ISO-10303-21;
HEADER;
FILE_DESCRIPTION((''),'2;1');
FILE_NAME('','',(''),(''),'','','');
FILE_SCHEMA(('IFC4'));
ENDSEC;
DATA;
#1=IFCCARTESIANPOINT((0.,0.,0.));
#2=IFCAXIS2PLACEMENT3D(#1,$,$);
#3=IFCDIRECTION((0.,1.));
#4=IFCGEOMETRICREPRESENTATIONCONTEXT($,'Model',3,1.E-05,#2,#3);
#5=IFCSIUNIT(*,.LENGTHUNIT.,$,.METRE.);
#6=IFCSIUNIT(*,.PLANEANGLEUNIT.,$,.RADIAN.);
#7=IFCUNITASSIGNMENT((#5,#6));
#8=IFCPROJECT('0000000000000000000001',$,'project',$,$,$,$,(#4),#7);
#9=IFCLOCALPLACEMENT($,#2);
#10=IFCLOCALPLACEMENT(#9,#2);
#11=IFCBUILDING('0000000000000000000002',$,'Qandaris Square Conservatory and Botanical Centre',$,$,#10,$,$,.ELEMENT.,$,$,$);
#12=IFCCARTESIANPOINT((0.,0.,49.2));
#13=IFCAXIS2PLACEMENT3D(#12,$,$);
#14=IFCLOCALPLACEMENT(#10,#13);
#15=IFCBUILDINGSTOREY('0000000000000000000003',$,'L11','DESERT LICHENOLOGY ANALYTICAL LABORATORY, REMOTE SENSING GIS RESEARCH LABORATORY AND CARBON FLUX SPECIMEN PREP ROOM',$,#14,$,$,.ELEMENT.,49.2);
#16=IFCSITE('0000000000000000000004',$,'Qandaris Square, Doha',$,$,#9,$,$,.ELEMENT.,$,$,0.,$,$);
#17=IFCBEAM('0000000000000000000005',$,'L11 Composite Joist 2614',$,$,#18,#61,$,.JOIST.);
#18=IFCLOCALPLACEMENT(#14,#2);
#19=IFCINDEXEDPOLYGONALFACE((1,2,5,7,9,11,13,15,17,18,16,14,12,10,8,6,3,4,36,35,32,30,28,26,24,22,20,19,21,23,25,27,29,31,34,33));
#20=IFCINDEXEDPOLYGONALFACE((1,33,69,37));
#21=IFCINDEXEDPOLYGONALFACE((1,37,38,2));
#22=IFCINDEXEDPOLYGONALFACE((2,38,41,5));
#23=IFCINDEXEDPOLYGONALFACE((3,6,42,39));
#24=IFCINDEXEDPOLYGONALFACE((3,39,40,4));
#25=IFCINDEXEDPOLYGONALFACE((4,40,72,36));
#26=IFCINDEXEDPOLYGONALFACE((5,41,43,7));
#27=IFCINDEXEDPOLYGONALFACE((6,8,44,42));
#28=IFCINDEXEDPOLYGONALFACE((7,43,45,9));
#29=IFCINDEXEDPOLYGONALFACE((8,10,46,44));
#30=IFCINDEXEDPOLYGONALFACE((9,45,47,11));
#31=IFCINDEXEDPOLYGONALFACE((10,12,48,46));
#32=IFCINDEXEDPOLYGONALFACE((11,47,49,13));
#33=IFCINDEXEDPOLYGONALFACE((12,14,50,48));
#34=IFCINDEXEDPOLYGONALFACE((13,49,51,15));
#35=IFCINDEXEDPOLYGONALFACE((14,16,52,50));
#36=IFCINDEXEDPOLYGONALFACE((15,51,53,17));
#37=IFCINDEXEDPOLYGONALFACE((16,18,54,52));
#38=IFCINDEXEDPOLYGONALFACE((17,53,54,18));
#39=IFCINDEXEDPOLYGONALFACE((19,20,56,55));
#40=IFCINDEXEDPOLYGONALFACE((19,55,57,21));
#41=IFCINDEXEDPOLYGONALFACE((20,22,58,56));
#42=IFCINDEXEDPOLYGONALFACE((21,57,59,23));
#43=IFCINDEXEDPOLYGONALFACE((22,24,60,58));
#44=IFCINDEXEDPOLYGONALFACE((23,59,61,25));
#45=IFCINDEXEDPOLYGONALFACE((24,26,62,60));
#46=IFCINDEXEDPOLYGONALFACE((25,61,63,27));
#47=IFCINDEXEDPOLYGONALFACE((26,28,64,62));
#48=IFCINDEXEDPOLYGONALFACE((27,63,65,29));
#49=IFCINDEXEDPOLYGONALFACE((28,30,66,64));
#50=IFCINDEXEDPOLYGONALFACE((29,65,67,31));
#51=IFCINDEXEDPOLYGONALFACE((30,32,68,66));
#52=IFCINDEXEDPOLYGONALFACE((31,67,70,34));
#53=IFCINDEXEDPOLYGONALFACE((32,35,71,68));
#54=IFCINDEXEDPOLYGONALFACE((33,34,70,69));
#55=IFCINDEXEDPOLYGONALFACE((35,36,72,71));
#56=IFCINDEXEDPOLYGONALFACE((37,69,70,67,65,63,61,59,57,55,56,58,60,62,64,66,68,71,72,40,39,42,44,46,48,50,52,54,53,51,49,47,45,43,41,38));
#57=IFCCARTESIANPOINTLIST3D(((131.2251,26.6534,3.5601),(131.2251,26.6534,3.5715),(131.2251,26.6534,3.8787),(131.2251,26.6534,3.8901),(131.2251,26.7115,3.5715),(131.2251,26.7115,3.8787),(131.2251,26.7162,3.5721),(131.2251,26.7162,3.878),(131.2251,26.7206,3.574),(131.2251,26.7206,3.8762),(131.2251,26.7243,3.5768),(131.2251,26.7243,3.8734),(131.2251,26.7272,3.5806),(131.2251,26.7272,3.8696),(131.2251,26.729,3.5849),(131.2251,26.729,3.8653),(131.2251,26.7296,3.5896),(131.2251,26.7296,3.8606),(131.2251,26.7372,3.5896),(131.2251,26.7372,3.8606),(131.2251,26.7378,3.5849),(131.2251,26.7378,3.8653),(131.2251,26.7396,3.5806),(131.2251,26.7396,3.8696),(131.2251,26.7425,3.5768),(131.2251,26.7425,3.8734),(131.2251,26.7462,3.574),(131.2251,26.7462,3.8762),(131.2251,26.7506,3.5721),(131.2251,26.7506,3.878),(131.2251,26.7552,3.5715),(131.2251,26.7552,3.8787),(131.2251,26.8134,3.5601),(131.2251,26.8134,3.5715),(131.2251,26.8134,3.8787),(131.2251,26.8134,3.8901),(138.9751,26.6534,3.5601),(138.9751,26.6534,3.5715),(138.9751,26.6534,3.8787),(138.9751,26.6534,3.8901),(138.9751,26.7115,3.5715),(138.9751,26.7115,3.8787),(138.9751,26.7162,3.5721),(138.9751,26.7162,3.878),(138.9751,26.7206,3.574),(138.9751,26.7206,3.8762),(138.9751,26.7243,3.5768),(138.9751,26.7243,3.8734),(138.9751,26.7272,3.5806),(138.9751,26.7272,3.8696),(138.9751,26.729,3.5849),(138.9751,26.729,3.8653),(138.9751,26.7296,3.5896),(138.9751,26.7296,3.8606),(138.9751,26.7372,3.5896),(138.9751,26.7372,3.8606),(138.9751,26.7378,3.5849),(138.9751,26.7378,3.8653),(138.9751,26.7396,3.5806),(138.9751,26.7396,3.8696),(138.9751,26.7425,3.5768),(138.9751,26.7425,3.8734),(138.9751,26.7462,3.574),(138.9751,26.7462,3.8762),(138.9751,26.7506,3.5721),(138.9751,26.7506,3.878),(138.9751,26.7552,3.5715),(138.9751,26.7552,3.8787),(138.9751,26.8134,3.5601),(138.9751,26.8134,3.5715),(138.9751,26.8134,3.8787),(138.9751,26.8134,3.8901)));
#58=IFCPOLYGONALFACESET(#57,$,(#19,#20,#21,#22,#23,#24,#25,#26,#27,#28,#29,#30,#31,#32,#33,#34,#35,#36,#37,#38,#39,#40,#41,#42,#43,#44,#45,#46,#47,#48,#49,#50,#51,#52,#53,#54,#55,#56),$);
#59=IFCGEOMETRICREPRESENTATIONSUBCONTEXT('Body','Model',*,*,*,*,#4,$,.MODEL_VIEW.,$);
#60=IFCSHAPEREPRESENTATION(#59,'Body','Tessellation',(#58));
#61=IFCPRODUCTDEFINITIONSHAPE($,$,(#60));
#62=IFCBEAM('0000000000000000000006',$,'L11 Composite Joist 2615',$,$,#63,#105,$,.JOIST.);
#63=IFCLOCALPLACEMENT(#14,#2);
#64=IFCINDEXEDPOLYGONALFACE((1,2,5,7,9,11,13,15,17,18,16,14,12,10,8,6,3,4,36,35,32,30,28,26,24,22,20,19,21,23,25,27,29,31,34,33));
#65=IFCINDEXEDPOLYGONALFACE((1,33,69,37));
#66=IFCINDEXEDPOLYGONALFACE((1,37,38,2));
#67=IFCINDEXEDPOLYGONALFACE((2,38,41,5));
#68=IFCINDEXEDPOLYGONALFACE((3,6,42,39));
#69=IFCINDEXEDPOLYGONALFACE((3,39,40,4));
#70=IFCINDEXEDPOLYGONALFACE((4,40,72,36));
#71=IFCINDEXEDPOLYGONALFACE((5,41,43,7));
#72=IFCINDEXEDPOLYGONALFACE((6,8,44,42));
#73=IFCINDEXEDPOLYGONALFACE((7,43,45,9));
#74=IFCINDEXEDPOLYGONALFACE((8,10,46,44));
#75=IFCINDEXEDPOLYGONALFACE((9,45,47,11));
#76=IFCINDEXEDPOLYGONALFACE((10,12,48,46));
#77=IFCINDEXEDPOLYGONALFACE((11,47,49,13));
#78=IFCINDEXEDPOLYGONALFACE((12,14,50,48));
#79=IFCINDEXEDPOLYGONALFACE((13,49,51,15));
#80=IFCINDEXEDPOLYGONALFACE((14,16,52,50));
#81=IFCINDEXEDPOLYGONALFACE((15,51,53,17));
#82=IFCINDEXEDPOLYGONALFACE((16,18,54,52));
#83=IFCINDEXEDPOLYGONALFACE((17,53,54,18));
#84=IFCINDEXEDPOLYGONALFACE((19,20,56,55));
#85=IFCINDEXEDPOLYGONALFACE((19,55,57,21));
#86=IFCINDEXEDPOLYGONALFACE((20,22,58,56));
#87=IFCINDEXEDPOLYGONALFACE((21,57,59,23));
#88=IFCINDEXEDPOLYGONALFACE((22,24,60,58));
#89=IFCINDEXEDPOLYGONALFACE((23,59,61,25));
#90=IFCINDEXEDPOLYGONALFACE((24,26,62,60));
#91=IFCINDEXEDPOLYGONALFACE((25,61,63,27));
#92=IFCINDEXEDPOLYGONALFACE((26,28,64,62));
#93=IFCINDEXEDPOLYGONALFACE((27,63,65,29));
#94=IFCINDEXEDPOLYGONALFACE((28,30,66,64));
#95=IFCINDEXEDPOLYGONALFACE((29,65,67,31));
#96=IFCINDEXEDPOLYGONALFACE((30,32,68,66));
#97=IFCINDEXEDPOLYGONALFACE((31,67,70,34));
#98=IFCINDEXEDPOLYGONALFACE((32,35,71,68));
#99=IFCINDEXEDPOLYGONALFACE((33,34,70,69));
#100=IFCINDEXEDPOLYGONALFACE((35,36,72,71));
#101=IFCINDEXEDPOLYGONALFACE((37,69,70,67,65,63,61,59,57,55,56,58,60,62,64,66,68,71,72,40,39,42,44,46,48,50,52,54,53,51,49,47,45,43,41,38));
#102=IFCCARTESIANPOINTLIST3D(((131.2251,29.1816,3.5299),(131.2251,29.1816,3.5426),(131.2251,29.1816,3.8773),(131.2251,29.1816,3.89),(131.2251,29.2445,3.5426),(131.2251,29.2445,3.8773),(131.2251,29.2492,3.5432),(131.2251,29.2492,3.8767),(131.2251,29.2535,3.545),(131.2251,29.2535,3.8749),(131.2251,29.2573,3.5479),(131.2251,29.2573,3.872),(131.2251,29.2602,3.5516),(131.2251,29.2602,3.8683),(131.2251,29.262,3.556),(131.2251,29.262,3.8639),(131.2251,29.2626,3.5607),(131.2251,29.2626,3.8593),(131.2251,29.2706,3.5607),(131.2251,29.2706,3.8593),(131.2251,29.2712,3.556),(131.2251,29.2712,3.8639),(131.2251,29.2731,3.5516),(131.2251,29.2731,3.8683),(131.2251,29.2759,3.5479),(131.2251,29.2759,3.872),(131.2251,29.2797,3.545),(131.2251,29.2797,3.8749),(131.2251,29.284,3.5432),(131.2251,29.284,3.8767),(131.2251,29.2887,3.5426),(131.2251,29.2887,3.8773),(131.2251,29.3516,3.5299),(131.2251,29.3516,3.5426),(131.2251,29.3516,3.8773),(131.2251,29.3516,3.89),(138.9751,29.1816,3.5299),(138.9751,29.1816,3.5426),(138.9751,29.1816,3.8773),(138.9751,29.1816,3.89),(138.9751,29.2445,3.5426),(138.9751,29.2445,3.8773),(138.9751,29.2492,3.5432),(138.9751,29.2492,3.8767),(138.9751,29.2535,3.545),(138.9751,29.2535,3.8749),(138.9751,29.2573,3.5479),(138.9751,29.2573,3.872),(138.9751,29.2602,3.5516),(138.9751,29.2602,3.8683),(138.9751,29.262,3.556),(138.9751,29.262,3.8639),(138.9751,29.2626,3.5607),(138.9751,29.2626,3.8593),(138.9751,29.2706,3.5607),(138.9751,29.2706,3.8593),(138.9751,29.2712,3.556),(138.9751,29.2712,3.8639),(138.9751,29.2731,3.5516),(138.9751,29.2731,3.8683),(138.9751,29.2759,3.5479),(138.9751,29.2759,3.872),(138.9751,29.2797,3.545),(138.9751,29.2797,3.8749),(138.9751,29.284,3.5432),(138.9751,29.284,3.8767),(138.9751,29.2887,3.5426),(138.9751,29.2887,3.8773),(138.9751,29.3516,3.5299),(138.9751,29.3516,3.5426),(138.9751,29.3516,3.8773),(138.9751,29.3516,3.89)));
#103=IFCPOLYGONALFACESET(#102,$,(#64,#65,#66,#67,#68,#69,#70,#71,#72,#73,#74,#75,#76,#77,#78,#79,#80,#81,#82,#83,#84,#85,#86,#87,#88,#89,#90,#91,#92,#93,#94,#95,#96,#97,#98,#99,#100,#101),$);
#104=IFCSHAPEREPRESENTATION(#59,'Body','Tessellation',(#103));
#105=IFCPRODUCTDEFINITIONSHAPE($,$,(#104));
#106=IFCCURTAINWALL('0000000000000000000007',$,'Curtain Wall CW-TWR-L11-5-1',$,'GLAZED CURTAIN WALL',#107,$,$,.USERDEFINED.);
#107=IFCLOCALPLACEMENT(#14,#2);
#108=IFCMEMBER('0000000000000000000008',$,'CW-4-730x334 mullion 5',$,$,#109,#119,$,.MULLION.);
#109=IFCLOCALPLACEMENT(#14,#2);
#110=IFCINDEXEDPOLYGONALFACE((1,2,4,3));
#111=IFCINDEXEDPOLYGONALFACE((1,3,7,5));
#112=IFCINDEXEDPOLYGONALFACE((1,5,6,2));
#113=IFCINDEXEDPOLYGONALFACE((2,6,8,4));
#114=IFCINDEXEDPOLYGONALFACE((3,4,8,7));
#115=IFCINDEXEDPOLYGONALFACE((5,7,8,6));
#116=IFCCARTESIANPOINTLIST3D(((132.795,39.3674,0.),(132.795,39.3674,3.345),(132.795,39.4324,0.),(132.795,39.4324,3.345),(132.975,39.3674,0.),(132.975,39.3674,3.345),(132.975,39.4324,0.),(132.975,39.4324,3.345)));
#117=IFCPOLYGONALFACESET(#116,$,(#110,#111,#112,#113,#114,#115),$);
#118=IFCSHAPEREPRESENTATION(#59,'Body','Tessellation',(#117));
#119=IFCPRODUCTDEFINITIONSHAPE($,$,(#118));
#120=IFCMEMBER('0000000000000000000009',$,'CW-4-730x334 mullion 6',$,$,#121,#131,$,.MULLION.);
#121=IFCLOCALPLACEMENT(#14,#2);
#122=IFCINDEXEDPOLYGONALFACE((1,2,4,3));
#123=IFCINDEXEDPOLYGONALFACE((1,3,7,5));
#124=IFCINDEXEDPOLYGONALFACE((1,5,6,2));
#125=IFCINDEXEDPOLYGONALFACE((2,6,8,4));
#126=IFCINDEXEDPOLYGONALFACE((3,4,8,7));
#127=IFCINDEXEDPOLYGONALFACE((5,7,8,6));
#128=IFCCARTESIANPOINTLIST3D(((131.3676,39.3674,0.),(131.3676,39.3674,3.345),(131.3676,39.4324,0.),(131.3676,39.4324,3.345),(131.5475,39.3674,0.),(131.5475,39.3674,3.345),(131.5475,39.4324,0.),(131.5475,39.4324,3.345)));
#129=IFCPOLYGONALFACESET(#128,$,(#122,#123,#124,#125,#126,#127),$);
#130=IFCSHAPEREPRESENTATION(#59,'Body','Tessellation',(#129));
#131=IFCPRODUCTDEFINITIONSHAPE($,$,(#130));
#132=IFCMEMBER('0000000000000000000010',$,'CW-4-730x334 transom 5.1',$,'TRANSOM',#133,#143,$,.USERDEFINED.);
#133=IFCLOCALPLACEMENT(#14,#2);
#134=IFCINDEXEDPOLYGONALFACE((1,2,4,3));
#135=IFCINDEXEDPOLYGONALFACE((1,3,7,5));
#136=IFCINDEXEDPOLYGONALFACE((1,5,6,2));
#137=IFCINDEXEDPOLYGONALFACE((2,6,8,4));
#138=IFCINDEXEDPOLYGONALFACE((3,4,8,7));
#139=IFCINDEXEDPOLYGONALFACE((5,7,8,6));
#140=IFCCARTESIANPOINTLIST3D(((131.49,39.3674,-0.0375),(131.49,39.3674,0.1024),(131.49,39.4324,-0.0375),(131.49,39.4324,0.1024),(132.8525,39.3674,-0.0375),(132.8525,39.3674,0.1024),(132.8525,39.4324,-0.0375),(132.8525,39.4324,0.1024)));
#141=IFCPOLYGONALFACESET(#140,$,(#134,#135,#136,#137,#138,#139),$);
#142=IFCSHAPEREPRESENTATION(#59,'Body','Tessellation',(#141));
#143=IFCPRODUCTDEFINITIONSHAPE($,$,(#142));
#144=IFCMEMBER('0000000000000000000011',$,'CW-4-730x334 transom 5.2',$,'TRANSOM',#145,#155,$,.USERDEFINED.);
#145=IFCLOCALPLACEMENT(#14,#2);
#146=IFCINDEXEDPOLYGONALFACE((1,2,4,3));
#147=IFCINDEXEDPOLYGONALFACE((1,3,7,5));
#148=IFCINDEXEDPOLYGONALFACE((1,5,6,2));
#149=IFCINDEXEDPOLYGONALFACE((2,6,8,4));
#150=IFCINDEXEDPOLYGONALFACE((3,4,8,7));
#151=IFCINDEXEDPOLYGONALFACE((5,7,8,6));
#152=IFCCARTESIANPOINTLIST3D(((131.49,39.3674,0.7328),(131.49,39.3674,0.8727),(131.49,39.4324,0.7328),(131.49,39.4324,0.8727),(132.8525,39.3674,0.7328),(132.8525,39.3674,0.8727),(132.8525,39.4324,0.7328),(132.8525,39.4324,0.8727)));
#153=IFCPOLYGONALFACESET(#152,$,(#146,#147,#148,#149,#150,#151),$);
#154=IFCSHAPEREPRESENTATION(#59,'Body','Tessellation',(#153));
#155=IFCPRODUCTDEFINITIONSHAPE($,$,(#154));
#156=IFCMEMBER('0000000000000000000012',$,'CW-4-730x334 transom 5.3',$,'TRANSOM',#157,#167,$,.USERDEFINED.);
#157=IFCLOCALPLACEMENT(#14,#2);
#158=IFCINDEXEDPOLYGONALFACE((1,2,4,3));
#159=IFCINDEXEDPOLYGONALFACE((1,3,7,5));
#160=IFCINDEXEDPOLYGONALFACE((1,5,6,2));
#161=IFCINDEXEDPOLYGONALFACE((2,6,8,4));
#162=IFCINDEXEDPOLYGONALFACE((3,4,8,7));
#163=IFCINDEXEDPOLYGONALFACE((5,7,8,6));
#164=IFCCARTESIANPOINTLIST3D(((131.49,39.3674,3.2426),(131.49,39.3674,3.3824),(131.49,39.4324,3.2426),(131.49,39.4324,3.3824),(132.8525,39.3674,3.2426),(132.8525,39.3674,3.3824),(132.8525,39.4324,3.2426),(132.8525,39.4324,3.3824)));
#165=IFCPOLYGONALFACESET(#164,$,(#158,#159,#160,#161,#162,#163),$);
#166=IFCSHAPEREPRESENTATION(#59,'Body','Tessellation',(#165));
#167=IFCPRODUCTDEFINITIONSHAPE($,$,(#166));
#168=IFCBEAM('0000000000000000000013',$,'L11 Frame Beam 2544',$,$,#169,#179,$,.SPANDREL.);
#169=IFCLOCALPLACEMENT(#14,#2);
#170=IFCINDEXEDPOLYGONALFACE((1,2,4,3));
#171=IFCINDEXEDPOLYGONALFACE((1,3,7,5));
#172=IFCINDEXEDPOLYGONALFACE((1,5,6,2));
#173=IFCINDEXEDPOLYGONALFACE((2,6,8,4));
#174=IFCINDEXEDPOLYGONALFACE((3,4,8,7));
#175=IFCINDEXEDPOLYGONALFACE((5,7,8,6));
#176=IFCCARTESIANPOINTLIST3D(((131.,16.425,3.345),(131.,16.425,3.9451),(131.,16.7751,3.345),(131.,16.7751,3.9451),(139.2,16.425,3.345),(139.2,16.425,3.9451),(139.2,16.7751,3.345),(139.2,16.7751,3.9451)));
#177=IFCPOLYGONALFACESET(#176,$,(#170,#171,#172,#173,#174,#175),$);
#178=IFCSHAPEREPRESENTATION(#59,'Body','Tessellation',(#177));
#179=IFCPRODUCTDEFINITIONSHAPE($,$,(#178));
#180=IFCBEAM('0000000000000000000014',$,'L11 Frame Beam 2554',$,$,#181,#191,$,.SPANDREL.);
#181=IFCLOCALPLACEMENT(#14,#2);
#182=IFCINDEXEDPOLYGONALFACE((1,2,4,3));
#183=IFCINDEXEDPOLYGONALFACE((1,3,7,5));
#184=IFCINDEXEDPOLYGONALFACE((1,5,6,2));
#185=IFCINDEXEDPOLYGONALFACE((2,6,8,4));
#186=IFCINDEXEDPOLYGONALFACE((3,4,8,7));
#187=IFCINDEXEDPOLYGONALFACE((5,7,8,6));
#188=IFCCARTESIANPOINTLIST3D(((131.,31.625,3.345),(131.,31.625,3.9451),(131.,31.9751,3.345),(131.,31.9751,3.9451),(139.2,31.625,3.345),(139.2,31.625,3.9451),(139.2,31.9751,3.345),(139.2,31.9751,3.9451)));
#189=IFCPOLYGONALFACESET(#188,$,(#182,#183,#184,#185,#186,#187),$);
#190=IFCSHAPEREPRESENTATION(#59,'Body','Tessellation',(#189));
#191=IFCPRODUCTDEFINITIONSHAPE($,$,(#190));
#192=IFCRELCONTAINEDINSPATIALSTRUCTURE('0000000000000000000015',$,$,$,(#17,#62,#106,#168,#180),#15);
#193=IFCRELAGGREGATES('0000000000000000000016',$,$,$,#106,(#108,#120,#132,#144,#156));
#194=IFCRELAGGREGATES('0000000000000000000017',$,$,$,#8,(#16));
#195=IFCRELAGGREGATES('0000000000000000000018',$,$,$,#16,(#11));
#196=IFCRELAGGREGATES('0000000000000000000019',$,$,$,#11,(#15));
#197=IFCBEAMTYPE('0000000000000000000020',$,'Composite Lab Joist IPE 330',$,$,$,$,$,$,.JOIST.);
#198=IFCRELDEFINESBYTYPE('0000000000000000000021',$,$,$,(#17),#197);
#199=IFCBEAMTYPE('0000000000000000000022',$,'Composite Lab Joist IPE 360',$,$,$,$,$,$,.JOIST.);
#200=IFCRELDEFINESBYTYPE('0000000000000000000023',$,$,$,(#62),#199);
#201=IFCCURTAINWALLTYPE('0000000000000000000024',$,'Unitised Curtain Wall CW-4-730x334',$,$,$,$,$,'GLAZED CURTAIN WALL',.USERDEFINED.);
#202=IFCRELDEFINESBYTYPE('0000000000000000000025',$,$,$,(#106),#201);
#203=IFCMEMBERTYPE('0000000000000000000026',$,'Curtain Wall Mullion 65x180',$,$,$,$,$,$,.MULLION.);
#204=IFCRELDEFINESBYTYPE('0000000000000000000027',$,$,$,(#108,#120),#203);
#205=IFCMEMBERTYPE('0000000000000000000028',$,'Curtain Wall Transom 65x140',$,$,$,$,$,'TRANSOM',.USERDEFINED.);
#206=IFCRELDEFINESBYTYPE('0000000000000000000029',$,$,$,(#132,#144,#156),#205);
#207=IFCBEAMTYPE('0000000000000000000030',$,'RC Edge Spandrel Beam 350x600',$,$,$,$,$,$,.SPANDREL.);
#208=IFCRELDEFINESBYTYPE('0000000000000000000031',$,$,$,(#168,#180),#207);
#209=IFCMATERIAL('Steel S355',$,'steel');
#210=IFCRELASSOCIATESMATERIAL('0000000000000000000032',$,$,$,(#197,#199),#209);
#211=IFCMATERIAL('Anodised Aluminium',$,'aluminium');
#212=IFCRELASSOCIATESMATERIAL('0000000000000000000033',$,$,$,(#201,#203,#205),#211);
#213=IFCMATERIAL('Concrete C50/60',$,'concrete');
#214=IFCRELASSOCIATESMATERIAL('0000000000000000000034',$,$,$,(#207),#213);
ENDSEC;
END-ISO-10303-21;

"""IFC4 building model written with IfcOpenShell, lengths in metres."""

from ifc_helpers import new_model, si_unit, direction, frame, origin, origin_2d, place, context, subcontext, project, spatial, rectangle, i_section, extrude, material, material_profile, profile_set, type_object, element, aggregate, save


model = new_model("IFC4")

# Units and contexts
model_context = context("Model", 3, precision=1e-05, world=origin(), true_north=direction((0.0, 1.0)))
body_context = subcontext(model_context, "Body", "Model", "MODEL_VIEW")
ifc_project = project(units=[si_unit("LENGTHUNIT", "METRE"), si_unit("PLANEANGLEUNIT", "RADIAN")], contexts=[model_context])

# Site, building, storey
site_placement = place(None, origin())
site = spatial("IfcSite", under=ifc_project, at=site_placement, Name="Qandaris Square, Doha", CompositionType="ELEMENT", RefElevation=0.0)
building_placement = place(site_placement, origin())
building = spatial("IfcBuilding", under=site, at=building_placement, Name="Qandaris Square Conservatory and Botanical Centre", CompositionType="ELEMENT")
storey_placement = place(building_placement, frame((0.0, 0.0, 49.2)))
storey = spatial("IfcBuildingStorey", under=building, at=storey_placement, Name="L11", Description="DESERT LICHENOLOGY ANALYTICAL LABORATORY, REMOTE SENSING GIS RESEARCH LABORATORY AND CARBON FLUX SPECIMEN PREP ROOM", CompositionType="ELEMENT", Elevation=49.2)

# Shared definitions
ifc_material_1 = material(Name="Concrete C50/60", Category="concrete")

# Beams
ifc_material_2 = material(Name="Steel S355", Category="steel")
ifc_material_profile_1 = material_profile(ifc_material_2, i_section(OverallWidth=0.1599, OverallDepth=0.3301, WebThickness=0.0076, FlangeThickness=0.0115, FilletRadius=0.0181, at=origin_2d()), Name="IPE 330")
ifc_profile_set_1 = profile_set([ifc_material_profile_1], Name="Steel S355")
beam_type_1 = type_object("IfcBeamType", Name="Composite Lab Joist IPE 330", PredefinedType="JOIST", material=ifc_profile_set_1)
for number, where, z_axis, x_axis, name in (
    (1, (131.2251, 26.7334, 3.7251), (1.0, 0.0, 0.0), (0.0, 1.0, 0.0), "L11 Composite Joist 2614"),
):
    element("IfcBeam", number, at=place(storey_placement, frame(where, z_axis=z_axis, x_axis=x_axis)), inside=storey, type_object=beam_type_1, Name=name, PredefinedType="JOIST", context=body_context, shape_type="SweptSolid", body=[
        extrude(i_section(OverallWidth=0.1599, OverallDepth=0.3301, WebThickness=0.0076, FlangeThickness=0.0115, FilletRadius=0.0181, at=origin_2d()), origin(), (0.0, 0.0, 1.0), 7.75),
    ])
ifc_material_profile_2 = material_profile(ifc_material_2, i_section(OverallWidth=0.1699, OverallDepth=0.3601, WebThickness=0.0081, FlangeThickness=0.0127, FilletRadius=0.0181, at=origin_2d()), Name="IPE 360")
ifc_profile_set_2 = profile_set([ifc_material_profile_2], Name="Steel S355")
beam_type_2 = type_object("IfcBeamType", Name="Composite Lab Joist IPE 360", PredefinedType="JOIST", material=ifc_profile_set_2)
beam_1_placement = place(storey_placement, frame((131.2251, 29.2666, 3.71), z_axis=(1.0, 0.0, 0.0), x_axis=(0.0, 1.0, 0.0)))
element("IfcBeam", 2, at=beam_1_placement, inside=storey, type_object=beam_type_2, Name="L11 Composite Joist 2615", PredefinedType="JOIST", context=body_context, shape_type="SweptSolid", body=[
    extrude(i_section(OverallWidth=0.1699, OverallDepth=0.3601, WebThickness=0.0081, FlangeThickness=0.0127, FilletRadius=0.0181, at=origin_2d()), origin(), (0.0, 0.0, 1.0), 7.75),
])

# Curtain wall, members
ifc_material_3 = material(Name="Anodised Aluminium", Category="aluminium")
curtain_wall_type = type_object("IfcCurtainWallType", Name="Unitised Curtain Wall CW-4-730x334", ElementType="GLAZED CURTAIN WALL", PredefinedType="USERDEFINED", material=ifc_material_3)
curtain_wall_placement = place(storey_placement, origin())
curtain_wall = element("IfcCurtainWall", 3, at=curtain_wall_placement, inside=storey, type_object=curtain_wall_type, Name="Curtain Wall CW-TWR-L11-5-1", ObjectType="GLAZED CURTAIN WALL", PredefinedType="USERDEFINED")
ifc_material_profile_3 = material_profile(ifc_material_3, rectangle(XDim=0.0649, YDim=0.1799, at=origin_2d()), Name="ALU-MUL 65x180")
ifc_profile_set_3 = profile_set([ifc_material_profile_3], Name="Anodised Aluminium")
member_type_1 = type_object("IfcMemberType", Name="Curtain Wall Mullion 65x180", PredefinedType="MULLION", material=ifc_profile_set_3)
member_1_placement = place(storey_placement, frame((132.885, 39.3999, 0.0), z_axis=(0.0, 0.0, 1.0), x_axis=(0.0, -1.0, 0.0)))
member_1 = element("IfcMember", 4, at=member_1_placement, type_object=member_type_1, Name="CW-4-730x334 mullion 5", PredefinedType="MULLION", context=body_context, shape_type="SweptSolid", body=[
    extrude(rectangle(XDim=0.0649, YDim=0.1799, at=origin_2d()), origin(), (0.0, 0.0, 1.0), 3.345),
])
member_2_placement = place(storey_placement, frame((131.4575, 39.3999, 0.0), z_axis=(0.0, 0.0, 1.0), x_axis=(0.0, -1.0, 0.0)))
member_2 = element("IfcMember", 5, at=member_2_placement, type_object=member_type_1, Name="CW-4-730x334 mullion 6", PredefinedType="MULLION", context=body_context, shape_type="SweptSolid", body=[
    extrude(rectangle(XDim=0.0649, YDim=0.1799, at=origin_2d()), origin(), (0.0, 0.0, 1.0), 3.345),
])
ifc_material_profile_4 = material_profile(ifc_material_3, rectangle(XDim=0.0649, YDim=0.1399, at=origin_2d()), Name="ALU-TRN 65x140")
ifc_profile_set_4 = profile_set([ifc_material_profile_4], Name="Anodised Aluminium")
member_type_2 = type_object("IfcMemberType", Name="Curtain Wall Transom 65x140", ElementType="TRANSOM", PredefinedType="USERDEFINED", material=ifc_profile_set_4)
member_3_placement = place(storey_placement, frame((132.8525, 39.3999, 0.0325), z_axis=(-1.0, 0.0, 0.0), x_axis=(0.0, -1.0, 0.0)))
member_3 = element("IfcMember", 6, at=member_3_placement, type_object=member_type_2, Name="CW-4-730x334 transom 5.1", ObjectType="TRANSOM", PredefinedType="USERDEFINED", context=body_context, shape_type="SweptSolid", body=[
    extrude(rectangle(XDim=0.0649, YDim=0.1399, at=origin_2d()), origin(), (0.0, 0.0, 1.0), 1.3625),
])
member_4_placement = place(storey_placement, frame((132.8525, 39.3999, 0.8027), z_axis=(-1.0, 0.0, 0.0), x_axis=(0.0, -1.0, 0.0)))
member_4 = element("IfcMember", 7, at=member_4_placement, type_object=member_type_2, Name="CW-4-730x334 transom 5.2", ObjectType="TRANSOM", PredefinedType="USERDEFINED", context=body_context, shape_type="SweptSolid", body=[
    extrude(rectangle(XDim=0.0649, YDim=0.1399, at=origin_2d()), origin(), (0.0, 0.0, 1.0), 1.3625),
])
member_5_placement = place(storey_placement, frame((132.8525, 39.3999, 3.3125), z_axis=(-1.0, 0.0, 0.0), x_axis=(0.0, -1.0, 0.0)))
member_5 = element("IfcMember", 8, at=member_5_placement, type_object=member_type_2, Name="CW-4-730x334 transom 5.3", ObjectType="TRANSOM", PredefinedType="USERDEFINED", context=body_context, shape_type="SweptSolid", body=[
    extrude(rectangle(XDim=0.0649, YDim=0.1399, at=origin_2d()), origin(), (0.0, 0.0, 1.0), 1.3625),
])

# Beams
ifc_material_profile_5 = material_profile(ifc_material_1, rectangle(XDim=0.3501, YDim=0.6001, at=origin_2d()), Name="RC-SP 350x600")
ifc_profile_set_5 = profile_set([ifc_material_profile_5], Name="Concrete C50/60")
beam_type_3 = type_object("IfcBeamType", Name="RC Edge Spandrel Beam 350x600", PredefinedType="SPANDREL", material=ifc_profile_set_5)
for number, where, z_axis, x_axis, name in (
    (9, (131.0, 16.6001, 3.645), (1.0, 0.0, 0.0), (0.0, 1.0, 0.0), "L11 Frame Beam 2544"),
    (10, (131.0, 31.8, 3.645), (1.0, 0.0, 0.0), (0.0, 1.0, 0.0), "L11 Frame Beam 2554"),
):
    element("IfcBeam", number, at=place(storey_placement, frame(where, z_axis=z_axis, x_axis=x_axis)), inside=storey, type_object=beam_type_3, Name=name, PredefinedType="SPANDREL", context=body_context, shape_type="SweptSolid", body=[
        extrude(rectangle(XDim=0.3501, YDim=0.6001, at=origin_2d()), origin(), (0.0, 0.0, 1.0), 8.2),
    ])

aggregate(curtain_wall, [member_1, member_2, member_3, member_4, member_5])

save(model, "model.ifc")
